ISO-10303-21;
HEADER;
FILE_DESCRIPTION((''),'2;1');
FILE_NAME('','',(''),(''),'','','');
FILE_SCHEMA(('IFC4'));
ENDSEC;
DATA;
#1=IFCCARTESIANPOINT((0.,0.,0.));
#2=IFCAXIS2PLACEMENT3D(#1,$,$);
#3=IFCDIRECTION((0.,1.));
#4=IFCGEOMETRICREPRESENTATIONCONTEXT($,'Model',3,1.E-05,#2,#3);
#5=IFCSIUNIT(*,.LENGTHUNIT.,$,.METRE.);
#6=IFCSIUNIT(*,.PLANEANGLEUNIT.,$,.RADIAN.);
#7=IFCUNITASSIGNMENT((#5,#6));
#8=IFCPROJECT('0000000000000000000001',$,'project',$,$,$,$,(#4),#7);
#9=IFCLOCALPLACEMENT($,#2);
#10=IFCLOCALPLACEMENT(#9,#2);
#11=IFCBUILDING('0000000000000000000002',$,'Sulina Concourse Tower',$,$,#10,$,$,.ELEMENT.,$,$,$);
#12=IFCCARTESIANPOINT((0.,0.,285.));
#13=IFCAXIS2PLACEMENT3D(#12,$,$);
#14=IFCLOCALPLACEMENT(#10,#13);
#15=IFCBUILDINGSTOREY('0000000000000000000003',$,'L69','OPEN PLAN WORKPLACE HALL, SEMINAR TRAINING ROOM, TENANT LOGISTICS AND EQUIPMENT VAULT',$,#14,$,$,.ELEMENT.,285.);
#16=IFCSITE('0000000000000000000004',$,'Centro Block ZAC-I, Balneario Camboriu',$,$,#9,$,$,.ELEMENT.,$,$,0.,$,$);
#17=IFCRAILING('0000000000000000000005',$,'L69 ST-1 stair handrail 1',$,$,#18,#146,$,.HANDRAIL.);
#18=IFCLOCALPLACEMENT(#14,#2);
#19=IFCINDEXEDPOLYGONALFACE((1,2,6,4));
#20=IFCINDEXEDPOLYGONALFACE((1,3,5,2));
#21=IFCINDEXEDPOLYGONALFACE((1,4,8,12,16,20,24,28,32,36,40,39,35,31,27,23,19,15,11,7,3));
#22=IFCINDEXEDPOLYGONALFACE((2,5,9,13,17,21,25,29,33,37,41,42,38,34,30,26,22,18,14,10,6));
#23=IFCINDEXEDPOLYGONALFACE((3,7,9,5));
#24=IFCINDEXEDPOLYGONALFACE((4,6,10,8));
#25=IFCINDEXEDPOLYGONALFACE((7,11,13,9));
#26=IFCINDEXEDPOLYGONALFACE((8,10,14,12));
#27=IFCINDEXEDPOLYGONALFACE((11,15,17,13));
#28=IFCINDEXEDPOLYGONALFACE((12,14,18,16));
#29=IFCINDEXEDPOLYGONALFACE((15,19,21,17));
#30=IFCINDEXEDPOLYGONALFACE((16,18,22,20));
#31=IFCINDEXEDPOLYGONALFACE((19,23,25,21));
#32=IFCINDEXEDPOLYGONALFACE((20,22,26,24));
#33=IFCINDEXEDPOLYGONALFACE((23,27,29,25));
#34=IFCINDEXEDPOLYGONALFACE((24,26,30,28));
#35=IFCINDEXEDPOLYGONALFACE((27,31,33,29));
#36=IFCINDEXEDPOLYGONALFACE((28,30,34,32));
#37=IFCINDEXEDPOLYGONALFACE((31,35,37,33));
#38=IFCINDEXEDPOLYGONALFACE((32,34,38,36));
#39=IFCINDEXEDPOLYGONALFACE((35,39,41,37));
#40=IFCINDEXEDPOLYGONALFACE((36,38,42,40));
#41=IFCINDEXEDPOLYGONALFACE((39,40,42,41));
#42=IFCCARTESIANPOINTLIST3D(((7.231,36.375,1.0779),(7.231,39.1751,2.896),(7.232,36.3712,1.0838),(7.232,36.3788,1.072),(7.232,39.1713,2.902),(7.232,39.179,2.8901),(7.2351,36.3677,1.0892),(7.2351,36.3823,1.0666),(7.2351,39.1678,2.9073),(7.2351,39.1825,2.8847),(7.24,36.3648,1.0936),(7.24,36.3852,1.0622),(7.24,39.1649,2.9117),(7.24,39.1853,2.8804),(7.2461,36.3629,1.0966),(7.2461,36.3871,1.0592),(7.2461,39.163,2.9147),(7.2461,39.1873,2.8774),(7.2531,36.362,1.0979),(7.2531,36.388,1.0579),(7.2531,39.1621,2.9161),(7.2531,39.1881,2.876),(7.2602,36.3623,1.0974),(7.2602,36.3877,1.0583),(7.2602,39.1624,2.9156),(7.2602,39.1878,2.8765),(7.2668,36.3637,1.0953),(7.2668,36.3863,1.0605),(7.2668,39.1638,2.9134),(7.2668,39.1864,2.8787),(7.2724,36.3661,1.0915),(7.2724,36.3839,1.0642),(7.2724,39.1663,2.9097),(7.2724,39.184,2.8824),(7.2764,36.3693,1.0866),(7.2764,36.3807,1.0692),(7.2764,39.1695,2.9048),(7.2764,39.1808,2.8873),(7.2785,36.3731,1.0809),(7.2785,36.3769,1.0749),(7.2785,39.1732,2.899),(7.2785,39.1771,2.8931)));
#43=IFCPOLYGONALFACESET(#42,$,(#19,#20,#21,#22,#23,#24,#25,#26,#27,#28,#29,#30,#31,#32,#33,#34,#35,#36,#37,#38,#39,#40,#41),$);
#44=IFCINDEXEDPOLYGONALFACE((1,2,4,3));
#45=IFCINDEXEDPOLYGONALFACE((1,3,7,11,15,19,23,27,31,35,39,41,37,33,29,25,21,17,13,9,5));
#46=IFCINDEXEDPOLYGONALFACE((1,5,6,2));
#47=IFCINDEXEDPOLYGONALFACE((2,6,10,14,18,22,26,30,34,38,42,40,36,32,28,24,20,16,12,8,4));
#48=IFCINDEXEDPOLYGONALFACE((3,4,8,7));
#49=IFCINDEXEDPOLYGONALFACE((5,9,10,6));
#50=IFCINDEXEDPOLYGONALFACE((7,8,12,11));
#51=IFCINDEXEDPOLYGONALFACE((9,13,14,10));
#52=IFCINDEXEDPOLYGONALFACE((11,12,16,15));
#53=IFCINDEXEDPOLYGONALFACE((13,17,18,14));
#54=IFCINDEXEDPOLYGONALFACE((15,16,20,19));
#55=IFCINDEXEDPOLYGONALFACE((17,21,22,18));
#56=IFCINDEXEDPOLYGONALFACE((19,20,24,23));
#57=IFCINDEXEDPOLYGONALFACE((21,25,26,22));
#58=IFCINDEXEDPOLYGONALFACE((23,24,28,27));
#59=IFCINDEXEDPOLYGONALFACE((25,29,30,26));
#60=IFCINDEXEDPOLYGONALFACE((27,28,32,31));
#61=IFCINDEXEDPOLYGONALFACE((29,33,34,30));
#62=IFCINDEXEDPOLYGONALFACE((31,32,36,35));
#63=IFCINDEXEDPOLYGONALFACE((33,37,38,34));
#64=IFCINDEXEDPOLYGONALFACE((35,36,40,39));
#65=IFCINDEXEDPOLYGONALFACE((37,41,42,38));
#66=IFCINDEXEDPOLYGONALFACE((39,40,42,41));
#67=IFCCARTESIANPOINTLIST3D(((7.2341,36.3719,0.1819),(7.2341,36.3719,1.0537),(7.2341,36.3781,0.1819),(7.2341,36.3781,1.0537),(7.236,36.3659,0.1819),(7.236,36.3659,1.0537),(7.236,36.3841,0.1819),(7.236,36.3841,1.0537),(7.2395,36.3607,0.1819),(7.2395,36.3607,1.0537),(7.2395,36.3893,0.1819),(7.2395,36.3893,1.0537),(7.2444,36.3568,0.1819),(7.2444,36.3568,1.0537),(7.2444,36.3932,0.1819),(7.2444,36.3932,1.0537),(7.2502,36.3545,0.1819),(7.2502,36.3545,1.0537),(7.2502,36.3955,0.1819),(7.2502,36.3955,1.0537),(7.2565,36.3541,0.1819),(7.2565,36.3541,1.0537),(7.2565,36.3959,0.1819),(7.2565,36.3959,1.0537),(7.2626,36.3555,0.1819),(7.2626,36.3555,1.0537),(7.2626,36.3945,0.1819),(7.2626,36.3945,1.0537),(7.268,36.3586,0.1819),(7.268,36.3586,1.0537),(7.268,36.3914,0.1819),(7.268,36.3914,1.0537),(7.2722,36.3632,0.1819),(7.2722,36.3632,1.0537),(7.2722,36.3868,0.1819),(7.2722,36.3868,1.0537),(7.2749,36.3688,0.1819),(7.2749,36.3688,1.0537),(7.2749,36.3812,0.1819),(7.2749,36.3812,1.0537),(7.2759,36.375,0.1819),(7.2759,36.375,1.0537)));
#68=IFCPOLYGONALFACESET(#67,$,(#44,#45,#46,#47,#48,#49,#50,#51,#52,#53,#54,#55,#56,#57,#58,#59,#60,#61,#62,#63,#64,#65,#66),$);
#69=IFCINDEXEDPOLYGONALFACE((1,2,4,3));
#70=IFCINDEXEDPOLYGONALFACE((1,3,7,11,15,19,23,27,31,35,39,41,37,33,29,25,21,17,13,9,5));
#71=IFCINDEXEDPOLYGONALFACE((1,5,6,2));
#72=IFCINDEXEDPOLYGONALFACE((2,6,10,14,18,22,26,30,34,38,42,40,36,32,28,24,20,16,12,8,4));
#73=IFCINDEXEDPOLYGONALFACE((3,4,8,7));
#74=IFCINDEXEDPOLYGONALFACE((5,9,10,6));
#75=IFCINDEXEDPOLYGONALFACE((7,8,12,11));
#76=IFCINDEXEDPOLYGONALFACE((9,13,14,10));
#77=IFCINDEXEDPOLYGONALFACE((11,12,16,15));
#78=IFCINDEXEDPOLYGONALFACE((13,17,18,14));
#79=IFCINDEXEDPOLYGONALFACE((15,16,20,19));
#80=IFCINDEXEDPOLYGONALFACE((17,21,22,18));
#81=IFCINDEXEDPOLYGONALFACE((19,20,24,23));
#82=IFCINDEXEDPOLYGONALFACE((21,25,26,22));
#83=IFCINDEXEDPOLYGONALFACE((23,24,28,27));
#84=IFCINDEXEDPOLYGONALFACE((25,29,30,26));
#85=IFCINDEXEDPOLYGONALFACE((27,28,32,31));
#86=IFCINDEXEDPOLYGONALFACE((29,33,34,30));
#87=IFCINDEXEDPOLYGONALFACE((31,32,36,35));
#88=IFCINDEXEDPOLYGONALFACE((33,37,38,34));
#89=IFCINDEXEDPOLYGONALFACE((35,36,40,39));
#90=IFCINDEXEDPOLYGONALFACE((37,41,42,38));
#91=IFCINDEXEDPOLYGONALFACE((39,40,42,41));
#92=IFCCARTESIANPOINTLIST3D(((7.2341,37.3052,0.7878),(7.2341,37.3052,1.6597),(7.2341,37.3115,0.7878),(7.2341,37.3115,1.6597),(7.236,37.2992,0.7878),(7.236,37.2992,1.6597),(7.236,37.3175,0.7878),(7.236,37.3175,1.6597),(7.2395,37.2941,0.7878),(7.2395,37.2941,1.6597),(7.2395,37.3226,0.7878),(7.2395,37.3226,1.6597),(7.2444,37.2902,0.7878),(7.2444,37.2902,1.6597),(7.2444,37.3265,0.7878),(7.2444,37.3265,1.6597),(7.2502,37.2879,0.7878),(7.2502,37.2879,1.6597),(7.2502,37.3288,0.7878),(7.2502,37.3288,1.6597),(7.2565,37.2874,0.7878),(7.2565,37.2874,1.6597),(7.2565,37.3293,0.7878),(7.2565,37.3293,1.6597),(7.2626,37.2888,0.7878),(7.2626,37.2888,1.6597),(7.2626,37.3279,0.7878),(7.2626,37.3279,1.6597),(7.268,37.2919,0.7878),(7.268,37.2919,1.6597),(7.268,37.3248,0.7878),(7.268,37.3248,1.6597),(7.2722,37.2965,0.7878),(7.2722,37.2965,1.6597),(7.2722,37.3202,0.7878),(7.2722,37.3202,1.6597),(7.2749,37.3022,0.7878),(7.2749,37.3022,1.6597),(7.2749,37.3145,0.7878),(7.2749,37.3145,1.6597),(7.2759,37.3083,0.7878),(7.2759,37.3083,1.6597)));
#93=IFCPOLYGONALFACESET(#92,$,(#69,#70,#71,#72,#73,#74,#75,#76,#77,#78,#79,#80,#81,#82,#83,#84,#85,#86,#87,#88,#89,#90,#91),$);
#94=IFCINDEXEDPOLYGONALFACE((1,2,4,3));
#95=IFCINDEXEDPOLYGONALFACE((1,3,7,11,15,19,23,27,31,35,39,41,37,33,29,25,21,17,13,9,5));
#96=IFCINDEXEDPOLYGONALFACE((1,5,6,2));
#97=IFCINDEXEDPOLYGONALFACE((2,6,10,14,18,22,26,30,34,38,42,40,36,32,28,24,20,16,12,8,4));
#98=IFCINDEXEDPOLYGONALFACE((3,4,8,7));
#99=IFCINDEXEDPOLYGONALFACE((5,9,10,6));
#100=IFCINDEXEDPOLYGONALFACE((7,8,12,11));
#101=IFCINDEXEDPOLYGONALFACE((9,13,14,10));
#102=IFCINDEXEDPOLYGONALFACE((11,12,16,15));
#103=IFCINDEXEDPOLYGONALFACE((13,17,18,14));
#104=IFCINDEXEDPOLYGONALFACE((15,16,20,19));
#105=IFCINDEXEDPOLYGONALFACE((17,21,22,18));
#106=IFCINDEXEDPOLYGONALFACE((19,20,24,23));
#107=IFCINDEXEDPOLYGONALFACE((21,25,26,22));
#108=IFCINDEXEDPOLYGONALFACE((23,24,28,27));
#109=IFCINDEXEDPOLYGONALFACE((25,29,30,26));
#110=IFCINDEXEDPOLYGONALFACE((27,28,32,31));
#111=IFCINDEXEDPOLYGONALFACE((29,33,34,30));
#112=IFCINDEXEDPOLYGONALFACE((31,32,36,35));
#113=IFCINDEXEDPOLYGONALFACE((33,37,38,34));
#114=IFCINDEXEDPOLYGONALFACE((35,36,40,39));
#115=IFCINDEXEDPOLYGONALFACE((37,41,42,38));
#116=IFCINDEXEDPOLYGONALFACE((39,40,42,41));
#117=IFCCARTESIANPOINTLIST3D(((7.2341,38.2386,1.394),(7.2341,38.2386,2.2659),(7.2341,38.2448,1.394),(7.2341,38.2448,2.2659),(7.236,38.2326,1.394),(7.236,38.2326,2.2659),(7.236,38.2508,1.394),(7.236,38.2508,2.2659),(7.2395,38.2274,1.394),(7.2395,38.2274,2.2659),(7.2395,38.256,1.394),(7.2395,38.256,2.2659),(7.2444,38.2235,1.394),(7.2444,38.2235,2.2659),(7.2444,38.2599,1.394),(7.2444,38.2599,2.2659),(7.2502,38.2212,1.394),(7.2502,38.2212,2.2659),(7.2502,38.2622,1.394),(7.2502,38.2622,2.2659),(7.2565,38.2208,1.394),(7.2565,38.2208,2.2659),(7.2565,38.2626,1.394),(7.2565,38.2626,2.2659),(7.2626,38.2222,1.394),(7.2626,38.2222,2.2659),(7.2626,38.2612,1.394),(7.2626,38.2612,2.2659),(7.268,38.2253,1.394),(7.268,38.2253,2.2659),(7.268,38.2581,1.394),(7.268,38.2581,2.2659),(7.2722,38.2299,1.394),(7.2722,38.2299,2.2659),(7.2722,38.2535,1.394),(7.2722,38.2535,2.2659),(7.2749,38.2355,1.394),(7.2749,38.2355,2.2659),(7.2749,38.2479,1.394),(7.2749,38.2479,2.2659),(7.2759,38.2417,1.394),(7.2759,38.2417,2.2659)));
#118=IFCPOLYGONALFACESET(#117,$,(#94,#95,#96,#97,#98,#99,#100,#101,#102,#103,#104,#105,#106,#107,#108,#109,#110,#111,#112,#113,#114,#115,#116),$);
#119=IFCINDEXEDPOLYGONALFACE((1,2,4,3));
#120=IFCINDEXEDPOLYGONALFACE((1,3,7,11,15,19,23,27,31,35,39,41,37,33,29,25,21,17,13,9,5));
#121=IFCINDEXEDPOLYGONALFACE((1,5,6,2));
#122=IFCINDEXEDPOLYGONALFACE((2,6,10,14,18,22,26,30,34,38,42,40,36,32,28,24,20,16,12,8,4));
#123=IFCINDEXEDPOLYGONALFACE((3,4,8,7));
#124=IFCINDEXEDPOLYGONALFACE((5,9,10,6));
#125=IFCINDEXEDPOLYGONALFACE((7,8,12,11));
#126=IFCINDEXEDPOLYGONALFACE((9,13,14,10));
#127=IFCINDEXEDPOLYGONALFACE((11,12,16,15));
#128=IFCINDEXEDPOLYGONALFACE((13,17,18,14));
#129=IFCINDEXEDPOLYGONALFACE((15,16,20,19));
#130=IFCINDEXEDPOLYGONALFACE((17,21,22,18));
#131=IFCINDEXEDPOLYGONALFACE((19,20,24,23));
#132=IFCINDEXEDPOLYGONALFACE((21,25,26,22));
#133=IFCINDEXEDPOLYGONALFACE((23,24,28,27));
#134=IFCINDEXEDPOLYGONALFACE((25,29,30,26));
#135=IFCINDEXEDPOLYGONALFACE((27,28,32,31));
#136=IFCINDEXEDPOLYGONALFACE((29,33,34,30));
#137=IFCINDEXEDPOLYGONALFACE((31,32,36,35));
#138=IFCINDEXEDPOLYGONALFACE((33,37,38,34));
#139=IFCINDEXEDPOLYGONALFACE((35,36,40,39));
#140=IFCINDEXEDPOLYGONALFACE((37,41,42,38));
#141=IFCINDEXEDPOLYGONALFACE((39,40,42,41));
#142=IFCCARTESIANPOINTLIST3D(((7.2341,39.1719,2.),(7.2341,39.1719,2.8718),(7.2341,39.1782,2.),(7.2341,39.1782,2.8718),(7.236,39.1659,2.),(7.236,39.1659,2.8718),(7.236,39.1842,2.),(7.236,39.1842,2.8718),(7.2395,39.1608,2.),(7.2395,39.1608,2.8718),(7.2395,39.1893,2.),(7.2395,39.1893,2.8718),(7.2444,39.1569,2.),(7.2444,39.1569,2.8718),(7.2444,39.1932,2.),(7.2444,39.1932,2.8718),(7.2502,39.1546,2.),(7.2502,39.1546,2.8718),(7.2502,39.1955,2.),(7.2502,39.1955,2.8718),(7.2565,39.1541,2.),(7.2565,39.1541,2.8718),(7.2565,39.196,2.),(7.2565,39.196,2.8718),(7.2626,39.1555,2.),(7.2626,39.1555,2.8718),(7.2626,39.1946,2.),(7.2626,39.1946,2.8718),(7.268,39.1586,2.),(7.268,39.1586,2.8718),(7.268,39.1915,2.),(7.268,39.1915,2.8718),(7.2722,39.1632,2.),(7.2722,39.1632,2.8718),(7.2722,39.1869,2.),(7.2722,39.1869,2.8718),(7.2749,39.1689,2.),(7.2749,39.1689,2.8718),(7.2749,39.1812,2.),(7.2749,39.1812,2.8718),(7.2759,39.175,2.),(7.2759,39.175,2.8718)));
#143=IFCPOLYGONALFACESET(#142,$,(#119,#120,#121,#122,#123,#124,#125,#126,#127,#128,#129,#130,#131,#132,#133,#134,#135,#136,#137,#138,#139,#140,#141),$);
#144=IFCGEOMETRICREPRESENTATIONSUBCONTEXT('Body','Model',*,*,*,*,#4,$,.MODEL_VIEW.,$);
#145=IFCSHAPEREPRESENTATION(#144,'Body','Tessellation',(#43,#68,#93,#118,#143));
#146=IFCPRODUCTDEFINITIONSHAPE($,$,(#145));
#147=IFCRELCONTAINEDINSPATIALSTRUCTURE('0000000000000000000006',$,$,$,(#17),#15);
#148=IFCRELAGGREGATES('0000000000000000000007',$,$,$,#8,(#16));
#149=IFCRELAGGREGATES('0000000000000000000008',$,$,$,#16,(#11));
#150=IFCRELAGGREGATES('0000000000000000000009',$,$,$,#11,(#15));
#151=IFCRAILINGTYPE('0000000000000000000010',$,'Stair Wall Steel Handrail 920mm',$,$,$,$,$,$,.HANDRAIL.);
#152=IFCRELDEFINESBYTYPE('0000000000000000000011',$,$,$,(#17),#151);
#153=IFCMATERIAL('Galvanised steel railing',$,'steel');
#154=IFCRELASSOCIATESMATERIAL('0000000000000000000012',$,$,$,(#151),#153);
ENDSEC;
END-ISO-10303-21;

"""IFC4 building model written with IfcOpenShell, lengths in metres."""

from ifc_helpers import new_model, si_unit, direction, frame, origin, origin_2d, place, context, subcontext, project, spatial, circle, extrude, material, type_object, element, save


model = new_model("IFC4")

# Units and contexts
model_context = context("Model", 3, precision=1e-05, world=origin(), true_north=direction((0.0, 1.0)))
body_context = subcontext(model_context, "Body", "Model", "MODEL_VIEW")
ifc_project = project(units=[si_unit("LENGTHUNIT", "METRE"), si_unit("PLANEANGLEUNIT", "RADIAN")], contexts=[model_context])

# Site, building, storey
site_placement = place(None, origin())
site = spatial("IfcSite", under=ifc_project, at=site_placement, Name="Centro Block ZAC-I, Balneario Camboriu", CompositionType="ELEMENT", RefElevation=0.0)
building_placement = place(site_placement, origin())
building = spatial("IfcBuilding", under=site, at=building_placement, Name="Sulina Concourse Tower", CompositionType="ELEMENT")
storey_placement = place(building_placement, frame((0.0, 0.0, 285.0)))
storey = spatial("IfcBuildingStorey", under=building, at=storey_placement, Name="L69", Description="OPEN PLAN WORKPLACE HALL, SEMINAR TRAINING ROOM, TENANT LOGISTICS AND EQUIPMENT VAULT", CompositionType="ELEMENT", Elevation=285.0)

# Railing
ifc_material_1 = material(Name="Galvanised steel railing", Category="steel")
railing_type_1 = type_object("IfcRailingType", Name="Stair Wall Steel Handrail 920mm", PredefinedType="HANDRAIL", material=ifc_material_1)
railing_1_placement = place(storey_placement, frame((7.2549, 36.375, 0.1819)))
element("IfcRailing", 1, at=railing_1_placement, inside=storey, type_object=railing_type_1, Name="L69 ST-1 stair handrail 1", PredefinedType="HANDRAIL", context=body_context, shape_type="SweptSolid", body=[
    extrude(circle(Radius=0.0239, at=origin_2d()), frame((0.0, 0.0, 0.896), z_axis=(0.0, 0.838706, 0.544585), x_axis=(-1.0, 0.0, 0.0)), (0.0, 0.0, 1.0), 3.3386),
    extrude(circle(Radius=0.021, at=origin_2d()), origin(), (0.0, 0.0, 1.0), 0.8718),
    extrude(circle(Radius=0.021, at=origin_2d()), frame((0.0, 0.9333, 0.606)), (0.0, 0.0, 1.0), 0.8718),
    extrude(circle(Radius=0.021, at=origin_2d()), frame((0.0, 1.8667, 1.2122)), (0.0, 0.0, 1.0), 0.8718),
    extrude(circle(Radius=0.021, at=origin_2d()), frame((0.0, 2.8, 1.8181)), (0.0, 0.0, 1.0), 0.8718),
])

save(model, "model.ifc")
